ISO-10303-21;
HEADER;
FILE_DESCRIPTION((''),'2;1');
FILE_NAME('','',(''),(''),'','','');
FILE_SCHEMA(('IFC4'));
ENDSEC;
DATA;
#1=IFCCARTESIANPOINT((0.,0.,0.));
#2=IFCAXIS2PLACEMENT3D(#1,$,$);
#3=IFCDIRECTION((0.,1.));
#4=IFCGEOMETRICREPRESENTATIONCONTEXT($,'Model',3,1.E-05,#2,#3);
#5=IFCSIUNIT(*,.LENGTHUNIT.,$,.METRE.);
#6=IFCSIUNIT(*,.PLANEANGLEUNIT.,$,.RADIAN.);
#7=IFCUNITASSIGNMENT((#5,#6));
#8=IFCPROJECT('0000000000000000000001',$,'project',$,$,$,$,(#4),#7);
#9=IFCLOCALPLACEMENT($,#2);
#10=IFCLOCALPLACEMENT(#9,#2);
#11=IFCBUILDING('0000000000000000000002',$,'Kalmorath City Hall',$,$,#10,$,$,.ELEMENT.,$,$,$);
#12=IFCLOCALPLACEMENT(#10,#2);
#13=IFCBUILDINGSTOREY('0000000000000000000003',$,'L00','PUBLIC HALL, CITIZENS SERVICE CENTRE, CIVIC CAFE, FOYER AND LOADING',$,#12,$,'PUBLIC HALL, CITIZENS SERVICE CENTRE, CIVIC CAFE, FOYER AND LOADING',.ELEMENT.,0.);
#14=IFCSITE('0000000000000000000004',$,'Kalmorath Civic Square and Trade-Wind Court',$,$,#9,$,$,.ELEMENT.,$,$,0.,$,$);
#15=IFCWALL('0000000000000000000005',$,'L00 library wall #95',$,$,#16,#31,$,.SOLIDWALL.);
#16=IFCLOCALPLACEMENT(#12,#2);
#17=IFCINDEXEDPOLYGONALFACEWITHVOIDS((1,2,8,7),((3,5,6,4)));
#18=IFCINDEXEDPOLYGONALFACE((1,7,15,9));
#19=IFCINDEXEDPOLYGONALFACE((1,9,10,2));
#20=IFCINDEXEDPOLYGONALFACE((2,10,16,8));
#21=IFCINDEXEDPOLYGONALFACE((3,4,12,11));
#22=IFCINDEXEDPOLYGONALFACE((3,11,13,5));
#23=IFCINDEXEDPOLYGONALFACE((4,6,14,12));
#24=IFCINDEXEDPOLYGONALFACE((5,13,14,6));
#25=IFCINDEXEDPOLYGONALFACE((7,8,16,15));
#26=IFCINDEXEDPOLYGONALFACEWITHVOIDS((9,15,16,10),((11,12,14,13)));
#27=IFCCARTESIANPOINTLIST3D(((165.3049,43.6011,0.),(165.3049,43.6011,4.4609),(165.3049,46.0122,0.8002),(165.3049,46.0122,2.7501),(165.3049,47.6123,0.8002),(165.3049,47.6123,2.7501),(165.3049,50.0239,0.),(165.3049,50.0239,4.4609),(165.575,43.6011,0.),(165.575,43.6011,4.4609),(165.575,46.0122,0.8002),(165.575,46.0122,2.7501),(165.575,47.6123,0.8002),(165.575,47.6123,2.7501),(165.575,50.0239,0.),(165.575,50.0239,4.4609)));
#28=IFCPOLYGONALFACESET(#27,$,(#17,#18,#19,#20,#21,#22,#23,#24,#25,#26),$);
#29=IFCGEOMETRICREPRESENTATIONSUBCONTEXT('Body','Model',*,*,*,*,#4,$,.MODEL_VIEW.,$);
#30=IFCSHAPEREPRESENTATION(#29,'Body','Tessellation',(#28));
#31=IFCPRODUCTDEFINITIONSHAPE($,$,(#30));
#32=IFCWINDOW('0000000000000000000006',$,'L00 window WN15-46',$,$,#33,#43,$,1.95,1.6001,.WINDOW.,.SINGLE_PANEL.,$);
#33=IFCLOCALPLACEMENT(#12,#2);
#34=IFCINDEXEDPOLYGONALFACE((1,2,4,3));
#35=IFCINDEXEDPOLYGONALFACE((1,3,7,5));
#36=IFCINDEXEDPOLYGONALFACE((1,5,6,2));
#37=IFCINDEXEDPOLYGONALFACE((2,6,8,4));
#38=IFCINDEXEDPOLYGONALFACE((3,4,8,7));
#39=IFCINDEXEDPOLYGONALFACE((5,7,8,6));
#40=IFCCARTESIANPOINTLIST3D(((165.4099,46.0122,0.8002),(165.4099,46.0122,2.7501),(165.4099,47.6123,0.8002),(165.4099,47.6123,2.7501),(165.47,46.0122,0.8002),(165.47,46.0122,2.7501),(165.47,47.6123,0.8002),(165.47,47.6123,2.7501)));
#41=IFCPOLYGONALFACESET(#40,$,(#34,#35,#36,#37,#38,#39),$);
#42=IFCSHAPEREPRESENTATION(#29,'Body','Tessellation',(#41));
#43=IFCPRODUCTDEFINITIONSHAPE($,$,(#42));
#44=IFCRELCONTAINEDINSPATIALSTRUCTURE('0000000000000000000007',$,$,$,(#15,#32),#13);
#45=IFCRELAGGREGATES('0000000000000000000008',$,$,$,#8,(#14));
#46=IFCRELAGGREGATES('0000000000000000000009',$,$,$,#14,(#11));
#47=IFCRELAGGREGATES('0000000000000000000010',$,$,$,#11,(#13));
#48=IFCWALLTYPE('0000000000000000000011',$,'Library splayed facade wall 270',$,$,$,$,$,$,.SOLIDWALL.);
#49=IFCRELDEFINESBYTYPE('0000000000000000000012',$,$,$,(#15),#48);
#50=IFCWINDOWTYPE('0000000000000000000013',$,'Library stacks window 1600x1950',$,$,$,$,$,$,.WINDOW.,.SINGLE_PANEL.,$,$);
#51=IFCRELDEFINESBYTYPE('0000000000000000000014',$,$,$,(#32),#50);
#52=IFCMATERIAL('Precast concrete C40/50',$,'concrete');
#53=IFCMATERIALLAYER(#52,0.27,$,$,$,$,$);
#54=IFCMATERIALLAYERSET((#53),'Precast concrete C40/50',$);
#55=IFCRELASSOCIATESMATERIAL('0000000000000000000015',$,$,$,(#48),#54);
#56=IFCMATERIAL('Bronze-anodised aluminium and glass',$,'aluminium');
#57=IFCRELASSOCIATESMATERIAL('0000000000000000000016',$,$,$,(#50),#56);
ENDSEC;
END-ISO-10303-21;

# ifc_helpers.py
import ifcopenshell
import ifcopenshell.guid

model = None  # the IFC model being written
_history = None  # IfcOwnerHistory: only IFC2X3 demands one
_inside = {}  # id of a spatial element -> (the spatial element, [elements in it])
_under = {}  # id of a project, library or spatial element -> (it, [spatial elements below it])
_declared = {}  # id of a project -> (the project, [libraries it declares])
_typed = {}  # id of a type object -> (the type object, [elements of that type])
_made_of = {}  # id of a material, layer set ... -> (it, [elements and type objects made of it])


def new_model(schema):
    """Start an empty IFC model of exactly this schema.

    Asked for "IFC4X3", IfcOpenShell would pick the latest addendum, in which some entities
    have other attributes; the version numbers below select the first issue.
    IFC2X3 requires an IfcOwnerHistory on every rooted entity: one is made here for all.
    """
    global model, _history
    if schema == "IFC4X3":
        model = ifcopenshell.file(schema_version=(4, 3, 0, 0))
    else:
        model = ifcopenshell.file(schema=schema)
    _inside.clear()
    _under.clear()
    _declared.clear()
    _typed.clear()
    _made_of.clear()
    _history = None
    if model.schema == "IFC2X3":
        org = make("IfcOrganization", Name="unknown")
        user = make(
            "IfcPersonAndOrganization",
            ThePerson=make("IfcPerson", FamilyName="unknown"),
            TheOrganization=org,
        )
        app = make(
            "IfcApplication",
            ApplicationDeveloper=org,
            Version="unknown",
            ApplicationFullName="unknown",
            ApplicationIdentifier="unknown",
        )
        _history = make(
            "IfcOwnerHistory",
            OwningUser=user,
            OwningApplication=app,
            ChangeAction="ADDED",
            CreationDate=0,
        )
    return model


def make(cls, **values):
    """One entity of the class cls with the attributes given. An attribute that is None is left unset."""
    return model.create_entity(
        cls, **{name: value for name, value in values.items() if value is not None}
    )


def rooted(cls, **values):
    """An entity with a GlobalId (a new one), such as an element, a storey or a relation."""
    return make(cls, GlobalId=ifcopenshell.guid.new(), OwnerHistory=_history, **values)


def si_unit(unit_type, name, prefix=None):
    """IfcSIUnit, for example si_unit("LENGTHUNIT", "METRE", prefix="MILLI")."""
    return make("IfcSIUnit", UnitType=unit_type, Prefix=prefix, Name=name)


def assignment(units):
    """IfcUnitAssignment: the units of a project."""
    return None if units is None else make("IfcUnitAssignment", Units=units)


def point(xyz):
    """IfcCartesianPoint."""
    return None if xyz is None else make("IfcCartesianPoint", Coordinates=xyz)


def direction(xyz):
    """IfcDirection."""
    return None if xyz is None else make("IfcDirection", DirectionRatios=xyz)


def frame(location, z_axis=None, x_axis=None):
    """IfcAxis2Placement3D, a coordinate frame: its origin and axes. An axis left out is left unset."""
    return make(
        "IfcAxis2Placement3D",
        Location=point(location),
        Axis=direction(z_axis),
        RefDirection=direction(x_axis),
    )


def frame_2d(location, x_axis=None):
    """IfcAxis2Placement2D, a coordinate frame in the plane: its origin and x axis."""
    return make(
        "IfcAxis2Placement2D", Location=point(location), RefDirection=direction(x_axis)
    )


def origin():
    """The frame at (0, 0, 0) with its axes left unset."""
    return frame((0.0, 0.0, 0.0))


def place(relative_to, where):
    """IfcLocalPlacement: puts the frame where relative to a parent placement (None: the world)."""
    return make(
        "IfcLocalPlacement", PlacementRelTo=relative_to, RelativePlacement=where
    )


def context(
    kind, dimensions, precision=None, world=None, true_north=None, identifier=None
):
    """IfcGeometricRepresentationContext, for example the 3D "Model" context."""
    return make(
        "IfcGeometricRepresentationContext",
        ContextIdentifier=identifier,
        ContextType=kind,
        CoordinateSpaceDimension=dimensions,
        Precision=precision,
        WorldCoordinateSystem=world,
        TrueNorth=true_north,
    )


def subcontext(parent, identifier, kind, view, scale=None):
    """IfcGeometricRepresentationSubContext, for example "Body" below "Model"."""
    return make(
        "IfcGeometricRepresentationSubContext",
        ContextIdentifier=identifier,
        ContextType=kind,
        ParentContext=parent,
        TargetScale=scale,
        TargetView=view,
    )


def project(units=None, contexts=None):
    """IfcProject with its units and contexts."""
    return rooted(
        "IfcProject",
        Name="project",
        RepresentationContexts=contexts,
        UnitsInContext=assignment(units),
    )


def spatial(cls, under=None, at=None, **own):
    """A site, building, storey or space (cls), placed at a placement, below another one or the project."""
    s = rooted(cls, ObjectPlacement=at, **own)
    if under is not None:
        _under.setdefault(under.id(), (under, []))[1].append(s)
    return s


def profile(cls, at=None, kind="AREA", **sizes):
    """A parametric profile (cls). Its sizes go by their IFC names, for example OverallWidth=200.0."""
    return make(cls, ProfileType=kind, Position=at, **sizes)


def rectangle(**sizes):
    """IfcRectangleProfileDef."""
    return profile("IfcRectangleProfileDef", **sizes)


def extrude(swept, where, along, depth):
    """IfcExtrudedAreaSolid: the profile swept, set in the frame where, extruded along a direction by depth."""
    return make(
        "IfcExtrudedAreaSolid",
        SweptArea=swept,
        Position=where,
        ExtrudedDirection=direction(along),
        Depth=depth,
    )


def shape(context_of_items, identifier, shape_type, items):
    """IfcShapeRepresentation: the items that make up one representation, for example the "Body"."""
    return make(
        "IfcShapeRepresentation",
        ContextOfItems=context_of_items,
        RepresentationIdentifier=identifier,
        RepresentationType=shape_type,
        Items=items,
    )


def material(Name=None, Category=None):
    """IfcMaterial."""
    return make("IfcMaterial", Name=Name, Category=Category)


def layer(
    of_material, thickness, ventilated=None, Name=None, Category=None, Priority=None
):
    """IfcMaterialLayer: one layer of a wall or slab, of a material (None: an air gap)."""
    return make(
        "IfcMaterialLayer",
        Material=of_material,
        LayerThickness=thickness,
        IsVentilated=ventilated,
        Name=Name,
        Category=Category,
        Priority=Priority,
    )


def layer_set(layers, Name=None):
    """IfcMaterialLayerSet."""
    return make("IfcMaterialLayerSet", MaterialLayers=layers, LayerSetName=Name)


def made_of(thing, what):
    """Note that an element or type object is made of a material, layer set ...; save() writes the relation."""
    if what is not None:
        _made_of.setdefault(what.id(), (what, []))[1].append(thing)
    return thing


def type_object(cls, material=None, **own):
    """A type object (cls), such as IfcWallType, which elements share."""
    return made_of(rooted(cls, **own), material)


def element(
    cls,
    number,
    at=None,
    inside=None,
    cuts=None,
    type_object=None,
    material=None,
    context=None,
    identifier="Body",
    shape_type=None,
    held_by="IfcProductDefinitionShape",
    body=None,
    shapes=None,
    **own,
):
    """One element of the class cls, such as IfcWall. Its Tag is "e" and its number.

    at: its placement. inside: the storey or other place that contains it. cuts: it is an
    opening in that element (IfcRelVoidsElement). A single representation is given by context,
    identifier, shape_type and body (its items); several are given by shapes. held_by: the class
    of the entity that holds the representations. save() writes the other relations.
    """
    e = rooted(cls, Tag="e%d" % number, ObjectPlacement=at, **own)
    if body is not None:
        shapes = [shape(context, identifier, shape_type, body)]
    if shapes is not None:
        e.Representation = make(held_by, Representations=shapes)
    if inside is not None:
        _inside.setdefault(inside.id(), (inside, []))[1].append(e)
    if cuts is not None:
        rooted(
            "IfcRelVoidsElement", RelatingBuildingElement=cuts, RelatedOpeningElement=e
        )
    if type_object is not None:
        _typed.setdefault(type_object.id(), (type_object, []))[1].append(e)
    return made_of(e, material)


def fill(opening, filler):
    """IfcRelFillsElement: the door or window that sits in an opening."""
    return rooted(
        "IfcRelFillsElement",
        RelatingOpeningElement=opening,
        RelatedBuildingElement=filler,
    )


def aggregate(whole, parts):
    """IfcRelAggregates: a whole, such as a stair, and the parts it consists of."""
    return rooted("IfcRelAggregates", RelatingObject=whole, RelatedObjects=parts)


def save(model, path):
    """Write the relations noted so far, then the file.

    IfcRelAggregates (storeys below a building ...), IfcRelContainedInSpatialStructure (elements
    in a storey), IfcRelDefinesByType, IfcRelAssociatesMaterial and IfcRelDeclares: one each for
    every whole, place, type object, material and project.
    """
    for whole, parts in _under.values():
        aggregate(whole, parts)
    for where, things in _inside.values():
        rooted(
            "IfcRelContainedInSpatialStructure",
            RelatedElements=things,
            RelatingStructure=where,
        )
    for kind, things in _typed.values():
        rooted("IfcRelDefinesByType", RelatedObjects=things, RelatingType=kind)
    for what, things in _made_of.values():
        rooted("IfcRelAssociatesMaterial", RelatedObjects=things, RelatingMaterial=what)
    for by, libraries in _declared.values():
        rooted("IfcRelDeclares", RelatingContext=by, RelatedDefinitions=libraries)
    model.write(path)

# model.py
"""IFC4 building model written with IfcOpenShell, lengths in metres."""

from ifc_helpers import new_model, si_unit, direction, frame, frame_2d, origin, place, context, subcontext, project, spatial, rectangle, extrude, material, layer, layer_set, type_object, element, fill, save


model = new_model("IFC4")

# Units and contexts
model_context = context("Model", 3, precision=1e-05, world=origin(), true_north=direction((0.0, 1.0)))
body_context = subcontext(model_context, "Body", "Model", "MODEL_VIEW")
ifc_project = project(units=[si_unit("LENGTHUNIT", "METRE"), si_unit("PLANEANGLEUNIT", "RADIAN")], contexts=[model_context])

# Site, building, storey
site_placement = place(None, origin())
site = spatial("IfcSite", under=ifc_project, at=site_placement, Name="Kalmorath Civic Square and Trade-Wind Court", CompositionType="ELEMENT", RefElevation=0.0)
building_placement = place(site_placement, origin())
building = spatial("IfcBuilding", under=site, at=building_placement, Name="Kalmorath City Hall", CompositionType="ELEMENT")
storey_placement = place(building_placement, origin())
storey = spatial("IfcBuildingStorey", under=building, at=storey_placement, Name="L00", Description="PUBLIC HALL, CITIZENS SERVICE CENTRE, CIVIC CAFE, FOYER AND LOADING", LongName="PUBLIC HALL, CITIZENS SERVICE CENTRE, CIVIC CAFE, FOYER AND LOADING", CompositionType="ELEMENT", Elevation=0.0)

# Wall, opening, window
ifc_material_1 = material(Name="Precast concrete C40/50", Category="concrete")
ifc_layer_1 = layer(ifc_material_1, 0.27)
ifc_layer_set_1 = layer_set([ifc_layer_1], Name="Precast concrete C40/50")
wall_type = type_object("IfcWallType", Name="Library splayed facade wall 270", PredefinedType="SOLIDWALL", material=ifc_layer_set_1)
wall_placement = place(storey_placement, frame((165.4399, 50.0239, 0.0), z_axis=(0.0, 0.0, 1.0), x_axis=(0.0, -1.0, 0.0)))
wall = element("IfcWall", 1, at=wall_placement, inside=storey, type_object=wall_type, Name="L00 library wall #95", PredefinedType="SOLIDWALL", context=body_context, shape_type="SweptSolid", body=[
    extrude(rectangle(XDim=6.4229, YDim=0.27, at=frame_2d((3.2114, 0.0))), origin(), (0.0, 0.0, 1.0), 4.4609),
])
opening_placement = place(wall_placement, frame((2.4116, 0.0, 0.8)))
opening = element("IfcOpeningElement", 2, at=opening_placement, cuts=wall, PredefinedType="OPENING", context=body_context, shape_type="SweptSolid", body=[
    extrude(rectangle(XDim=1.6001, YDim=1.95, at=frame_2d((0.8, 0.9751))), frame((0.0, 0.145, 0.0), z_axis=(0.0, -1.0, 0.0), x_axis=(1.0, 0.0, 0.0)), (0.0, 0.0, 1.0), 0.29),
])
ifc_material_2 = material(Name="Bronze-anodised aluminium and glass", Category="aluminium")
window_type = type_object("IfcWindowType", Name="Library stacks window 1600x1950", PartitioningType="SINGLE_PANEL", PredefinedType="WINDOW", material=ifc_material_2)
window_placement = place(opening_placement, origin())
window = element("IfcWindow", 3, at=window_placement, inside=storey, type_object=window_type, Name="L00 window WN15-46", OverallHeight=1.95, OverallWidth=1.6001, PartitioningType="SINGLE_PANEL", PredefinedType="WINDOW", context=body_context, shape_type="SweptSolid", body=[
    extrude(rectangle(XDim=1.6001, YDim=1.95, at=frame_2d((0.8, 0.9751))), frame((0.0, 0.03, 0.0), z_axis=(0.0, -1.0, 0.0), x_axis=(1.0, 0.0, 0.0)), (0.0, 0.0, 1.0), 0.0601),
])
fill(opening, window)

save(model, "model.ifc")
